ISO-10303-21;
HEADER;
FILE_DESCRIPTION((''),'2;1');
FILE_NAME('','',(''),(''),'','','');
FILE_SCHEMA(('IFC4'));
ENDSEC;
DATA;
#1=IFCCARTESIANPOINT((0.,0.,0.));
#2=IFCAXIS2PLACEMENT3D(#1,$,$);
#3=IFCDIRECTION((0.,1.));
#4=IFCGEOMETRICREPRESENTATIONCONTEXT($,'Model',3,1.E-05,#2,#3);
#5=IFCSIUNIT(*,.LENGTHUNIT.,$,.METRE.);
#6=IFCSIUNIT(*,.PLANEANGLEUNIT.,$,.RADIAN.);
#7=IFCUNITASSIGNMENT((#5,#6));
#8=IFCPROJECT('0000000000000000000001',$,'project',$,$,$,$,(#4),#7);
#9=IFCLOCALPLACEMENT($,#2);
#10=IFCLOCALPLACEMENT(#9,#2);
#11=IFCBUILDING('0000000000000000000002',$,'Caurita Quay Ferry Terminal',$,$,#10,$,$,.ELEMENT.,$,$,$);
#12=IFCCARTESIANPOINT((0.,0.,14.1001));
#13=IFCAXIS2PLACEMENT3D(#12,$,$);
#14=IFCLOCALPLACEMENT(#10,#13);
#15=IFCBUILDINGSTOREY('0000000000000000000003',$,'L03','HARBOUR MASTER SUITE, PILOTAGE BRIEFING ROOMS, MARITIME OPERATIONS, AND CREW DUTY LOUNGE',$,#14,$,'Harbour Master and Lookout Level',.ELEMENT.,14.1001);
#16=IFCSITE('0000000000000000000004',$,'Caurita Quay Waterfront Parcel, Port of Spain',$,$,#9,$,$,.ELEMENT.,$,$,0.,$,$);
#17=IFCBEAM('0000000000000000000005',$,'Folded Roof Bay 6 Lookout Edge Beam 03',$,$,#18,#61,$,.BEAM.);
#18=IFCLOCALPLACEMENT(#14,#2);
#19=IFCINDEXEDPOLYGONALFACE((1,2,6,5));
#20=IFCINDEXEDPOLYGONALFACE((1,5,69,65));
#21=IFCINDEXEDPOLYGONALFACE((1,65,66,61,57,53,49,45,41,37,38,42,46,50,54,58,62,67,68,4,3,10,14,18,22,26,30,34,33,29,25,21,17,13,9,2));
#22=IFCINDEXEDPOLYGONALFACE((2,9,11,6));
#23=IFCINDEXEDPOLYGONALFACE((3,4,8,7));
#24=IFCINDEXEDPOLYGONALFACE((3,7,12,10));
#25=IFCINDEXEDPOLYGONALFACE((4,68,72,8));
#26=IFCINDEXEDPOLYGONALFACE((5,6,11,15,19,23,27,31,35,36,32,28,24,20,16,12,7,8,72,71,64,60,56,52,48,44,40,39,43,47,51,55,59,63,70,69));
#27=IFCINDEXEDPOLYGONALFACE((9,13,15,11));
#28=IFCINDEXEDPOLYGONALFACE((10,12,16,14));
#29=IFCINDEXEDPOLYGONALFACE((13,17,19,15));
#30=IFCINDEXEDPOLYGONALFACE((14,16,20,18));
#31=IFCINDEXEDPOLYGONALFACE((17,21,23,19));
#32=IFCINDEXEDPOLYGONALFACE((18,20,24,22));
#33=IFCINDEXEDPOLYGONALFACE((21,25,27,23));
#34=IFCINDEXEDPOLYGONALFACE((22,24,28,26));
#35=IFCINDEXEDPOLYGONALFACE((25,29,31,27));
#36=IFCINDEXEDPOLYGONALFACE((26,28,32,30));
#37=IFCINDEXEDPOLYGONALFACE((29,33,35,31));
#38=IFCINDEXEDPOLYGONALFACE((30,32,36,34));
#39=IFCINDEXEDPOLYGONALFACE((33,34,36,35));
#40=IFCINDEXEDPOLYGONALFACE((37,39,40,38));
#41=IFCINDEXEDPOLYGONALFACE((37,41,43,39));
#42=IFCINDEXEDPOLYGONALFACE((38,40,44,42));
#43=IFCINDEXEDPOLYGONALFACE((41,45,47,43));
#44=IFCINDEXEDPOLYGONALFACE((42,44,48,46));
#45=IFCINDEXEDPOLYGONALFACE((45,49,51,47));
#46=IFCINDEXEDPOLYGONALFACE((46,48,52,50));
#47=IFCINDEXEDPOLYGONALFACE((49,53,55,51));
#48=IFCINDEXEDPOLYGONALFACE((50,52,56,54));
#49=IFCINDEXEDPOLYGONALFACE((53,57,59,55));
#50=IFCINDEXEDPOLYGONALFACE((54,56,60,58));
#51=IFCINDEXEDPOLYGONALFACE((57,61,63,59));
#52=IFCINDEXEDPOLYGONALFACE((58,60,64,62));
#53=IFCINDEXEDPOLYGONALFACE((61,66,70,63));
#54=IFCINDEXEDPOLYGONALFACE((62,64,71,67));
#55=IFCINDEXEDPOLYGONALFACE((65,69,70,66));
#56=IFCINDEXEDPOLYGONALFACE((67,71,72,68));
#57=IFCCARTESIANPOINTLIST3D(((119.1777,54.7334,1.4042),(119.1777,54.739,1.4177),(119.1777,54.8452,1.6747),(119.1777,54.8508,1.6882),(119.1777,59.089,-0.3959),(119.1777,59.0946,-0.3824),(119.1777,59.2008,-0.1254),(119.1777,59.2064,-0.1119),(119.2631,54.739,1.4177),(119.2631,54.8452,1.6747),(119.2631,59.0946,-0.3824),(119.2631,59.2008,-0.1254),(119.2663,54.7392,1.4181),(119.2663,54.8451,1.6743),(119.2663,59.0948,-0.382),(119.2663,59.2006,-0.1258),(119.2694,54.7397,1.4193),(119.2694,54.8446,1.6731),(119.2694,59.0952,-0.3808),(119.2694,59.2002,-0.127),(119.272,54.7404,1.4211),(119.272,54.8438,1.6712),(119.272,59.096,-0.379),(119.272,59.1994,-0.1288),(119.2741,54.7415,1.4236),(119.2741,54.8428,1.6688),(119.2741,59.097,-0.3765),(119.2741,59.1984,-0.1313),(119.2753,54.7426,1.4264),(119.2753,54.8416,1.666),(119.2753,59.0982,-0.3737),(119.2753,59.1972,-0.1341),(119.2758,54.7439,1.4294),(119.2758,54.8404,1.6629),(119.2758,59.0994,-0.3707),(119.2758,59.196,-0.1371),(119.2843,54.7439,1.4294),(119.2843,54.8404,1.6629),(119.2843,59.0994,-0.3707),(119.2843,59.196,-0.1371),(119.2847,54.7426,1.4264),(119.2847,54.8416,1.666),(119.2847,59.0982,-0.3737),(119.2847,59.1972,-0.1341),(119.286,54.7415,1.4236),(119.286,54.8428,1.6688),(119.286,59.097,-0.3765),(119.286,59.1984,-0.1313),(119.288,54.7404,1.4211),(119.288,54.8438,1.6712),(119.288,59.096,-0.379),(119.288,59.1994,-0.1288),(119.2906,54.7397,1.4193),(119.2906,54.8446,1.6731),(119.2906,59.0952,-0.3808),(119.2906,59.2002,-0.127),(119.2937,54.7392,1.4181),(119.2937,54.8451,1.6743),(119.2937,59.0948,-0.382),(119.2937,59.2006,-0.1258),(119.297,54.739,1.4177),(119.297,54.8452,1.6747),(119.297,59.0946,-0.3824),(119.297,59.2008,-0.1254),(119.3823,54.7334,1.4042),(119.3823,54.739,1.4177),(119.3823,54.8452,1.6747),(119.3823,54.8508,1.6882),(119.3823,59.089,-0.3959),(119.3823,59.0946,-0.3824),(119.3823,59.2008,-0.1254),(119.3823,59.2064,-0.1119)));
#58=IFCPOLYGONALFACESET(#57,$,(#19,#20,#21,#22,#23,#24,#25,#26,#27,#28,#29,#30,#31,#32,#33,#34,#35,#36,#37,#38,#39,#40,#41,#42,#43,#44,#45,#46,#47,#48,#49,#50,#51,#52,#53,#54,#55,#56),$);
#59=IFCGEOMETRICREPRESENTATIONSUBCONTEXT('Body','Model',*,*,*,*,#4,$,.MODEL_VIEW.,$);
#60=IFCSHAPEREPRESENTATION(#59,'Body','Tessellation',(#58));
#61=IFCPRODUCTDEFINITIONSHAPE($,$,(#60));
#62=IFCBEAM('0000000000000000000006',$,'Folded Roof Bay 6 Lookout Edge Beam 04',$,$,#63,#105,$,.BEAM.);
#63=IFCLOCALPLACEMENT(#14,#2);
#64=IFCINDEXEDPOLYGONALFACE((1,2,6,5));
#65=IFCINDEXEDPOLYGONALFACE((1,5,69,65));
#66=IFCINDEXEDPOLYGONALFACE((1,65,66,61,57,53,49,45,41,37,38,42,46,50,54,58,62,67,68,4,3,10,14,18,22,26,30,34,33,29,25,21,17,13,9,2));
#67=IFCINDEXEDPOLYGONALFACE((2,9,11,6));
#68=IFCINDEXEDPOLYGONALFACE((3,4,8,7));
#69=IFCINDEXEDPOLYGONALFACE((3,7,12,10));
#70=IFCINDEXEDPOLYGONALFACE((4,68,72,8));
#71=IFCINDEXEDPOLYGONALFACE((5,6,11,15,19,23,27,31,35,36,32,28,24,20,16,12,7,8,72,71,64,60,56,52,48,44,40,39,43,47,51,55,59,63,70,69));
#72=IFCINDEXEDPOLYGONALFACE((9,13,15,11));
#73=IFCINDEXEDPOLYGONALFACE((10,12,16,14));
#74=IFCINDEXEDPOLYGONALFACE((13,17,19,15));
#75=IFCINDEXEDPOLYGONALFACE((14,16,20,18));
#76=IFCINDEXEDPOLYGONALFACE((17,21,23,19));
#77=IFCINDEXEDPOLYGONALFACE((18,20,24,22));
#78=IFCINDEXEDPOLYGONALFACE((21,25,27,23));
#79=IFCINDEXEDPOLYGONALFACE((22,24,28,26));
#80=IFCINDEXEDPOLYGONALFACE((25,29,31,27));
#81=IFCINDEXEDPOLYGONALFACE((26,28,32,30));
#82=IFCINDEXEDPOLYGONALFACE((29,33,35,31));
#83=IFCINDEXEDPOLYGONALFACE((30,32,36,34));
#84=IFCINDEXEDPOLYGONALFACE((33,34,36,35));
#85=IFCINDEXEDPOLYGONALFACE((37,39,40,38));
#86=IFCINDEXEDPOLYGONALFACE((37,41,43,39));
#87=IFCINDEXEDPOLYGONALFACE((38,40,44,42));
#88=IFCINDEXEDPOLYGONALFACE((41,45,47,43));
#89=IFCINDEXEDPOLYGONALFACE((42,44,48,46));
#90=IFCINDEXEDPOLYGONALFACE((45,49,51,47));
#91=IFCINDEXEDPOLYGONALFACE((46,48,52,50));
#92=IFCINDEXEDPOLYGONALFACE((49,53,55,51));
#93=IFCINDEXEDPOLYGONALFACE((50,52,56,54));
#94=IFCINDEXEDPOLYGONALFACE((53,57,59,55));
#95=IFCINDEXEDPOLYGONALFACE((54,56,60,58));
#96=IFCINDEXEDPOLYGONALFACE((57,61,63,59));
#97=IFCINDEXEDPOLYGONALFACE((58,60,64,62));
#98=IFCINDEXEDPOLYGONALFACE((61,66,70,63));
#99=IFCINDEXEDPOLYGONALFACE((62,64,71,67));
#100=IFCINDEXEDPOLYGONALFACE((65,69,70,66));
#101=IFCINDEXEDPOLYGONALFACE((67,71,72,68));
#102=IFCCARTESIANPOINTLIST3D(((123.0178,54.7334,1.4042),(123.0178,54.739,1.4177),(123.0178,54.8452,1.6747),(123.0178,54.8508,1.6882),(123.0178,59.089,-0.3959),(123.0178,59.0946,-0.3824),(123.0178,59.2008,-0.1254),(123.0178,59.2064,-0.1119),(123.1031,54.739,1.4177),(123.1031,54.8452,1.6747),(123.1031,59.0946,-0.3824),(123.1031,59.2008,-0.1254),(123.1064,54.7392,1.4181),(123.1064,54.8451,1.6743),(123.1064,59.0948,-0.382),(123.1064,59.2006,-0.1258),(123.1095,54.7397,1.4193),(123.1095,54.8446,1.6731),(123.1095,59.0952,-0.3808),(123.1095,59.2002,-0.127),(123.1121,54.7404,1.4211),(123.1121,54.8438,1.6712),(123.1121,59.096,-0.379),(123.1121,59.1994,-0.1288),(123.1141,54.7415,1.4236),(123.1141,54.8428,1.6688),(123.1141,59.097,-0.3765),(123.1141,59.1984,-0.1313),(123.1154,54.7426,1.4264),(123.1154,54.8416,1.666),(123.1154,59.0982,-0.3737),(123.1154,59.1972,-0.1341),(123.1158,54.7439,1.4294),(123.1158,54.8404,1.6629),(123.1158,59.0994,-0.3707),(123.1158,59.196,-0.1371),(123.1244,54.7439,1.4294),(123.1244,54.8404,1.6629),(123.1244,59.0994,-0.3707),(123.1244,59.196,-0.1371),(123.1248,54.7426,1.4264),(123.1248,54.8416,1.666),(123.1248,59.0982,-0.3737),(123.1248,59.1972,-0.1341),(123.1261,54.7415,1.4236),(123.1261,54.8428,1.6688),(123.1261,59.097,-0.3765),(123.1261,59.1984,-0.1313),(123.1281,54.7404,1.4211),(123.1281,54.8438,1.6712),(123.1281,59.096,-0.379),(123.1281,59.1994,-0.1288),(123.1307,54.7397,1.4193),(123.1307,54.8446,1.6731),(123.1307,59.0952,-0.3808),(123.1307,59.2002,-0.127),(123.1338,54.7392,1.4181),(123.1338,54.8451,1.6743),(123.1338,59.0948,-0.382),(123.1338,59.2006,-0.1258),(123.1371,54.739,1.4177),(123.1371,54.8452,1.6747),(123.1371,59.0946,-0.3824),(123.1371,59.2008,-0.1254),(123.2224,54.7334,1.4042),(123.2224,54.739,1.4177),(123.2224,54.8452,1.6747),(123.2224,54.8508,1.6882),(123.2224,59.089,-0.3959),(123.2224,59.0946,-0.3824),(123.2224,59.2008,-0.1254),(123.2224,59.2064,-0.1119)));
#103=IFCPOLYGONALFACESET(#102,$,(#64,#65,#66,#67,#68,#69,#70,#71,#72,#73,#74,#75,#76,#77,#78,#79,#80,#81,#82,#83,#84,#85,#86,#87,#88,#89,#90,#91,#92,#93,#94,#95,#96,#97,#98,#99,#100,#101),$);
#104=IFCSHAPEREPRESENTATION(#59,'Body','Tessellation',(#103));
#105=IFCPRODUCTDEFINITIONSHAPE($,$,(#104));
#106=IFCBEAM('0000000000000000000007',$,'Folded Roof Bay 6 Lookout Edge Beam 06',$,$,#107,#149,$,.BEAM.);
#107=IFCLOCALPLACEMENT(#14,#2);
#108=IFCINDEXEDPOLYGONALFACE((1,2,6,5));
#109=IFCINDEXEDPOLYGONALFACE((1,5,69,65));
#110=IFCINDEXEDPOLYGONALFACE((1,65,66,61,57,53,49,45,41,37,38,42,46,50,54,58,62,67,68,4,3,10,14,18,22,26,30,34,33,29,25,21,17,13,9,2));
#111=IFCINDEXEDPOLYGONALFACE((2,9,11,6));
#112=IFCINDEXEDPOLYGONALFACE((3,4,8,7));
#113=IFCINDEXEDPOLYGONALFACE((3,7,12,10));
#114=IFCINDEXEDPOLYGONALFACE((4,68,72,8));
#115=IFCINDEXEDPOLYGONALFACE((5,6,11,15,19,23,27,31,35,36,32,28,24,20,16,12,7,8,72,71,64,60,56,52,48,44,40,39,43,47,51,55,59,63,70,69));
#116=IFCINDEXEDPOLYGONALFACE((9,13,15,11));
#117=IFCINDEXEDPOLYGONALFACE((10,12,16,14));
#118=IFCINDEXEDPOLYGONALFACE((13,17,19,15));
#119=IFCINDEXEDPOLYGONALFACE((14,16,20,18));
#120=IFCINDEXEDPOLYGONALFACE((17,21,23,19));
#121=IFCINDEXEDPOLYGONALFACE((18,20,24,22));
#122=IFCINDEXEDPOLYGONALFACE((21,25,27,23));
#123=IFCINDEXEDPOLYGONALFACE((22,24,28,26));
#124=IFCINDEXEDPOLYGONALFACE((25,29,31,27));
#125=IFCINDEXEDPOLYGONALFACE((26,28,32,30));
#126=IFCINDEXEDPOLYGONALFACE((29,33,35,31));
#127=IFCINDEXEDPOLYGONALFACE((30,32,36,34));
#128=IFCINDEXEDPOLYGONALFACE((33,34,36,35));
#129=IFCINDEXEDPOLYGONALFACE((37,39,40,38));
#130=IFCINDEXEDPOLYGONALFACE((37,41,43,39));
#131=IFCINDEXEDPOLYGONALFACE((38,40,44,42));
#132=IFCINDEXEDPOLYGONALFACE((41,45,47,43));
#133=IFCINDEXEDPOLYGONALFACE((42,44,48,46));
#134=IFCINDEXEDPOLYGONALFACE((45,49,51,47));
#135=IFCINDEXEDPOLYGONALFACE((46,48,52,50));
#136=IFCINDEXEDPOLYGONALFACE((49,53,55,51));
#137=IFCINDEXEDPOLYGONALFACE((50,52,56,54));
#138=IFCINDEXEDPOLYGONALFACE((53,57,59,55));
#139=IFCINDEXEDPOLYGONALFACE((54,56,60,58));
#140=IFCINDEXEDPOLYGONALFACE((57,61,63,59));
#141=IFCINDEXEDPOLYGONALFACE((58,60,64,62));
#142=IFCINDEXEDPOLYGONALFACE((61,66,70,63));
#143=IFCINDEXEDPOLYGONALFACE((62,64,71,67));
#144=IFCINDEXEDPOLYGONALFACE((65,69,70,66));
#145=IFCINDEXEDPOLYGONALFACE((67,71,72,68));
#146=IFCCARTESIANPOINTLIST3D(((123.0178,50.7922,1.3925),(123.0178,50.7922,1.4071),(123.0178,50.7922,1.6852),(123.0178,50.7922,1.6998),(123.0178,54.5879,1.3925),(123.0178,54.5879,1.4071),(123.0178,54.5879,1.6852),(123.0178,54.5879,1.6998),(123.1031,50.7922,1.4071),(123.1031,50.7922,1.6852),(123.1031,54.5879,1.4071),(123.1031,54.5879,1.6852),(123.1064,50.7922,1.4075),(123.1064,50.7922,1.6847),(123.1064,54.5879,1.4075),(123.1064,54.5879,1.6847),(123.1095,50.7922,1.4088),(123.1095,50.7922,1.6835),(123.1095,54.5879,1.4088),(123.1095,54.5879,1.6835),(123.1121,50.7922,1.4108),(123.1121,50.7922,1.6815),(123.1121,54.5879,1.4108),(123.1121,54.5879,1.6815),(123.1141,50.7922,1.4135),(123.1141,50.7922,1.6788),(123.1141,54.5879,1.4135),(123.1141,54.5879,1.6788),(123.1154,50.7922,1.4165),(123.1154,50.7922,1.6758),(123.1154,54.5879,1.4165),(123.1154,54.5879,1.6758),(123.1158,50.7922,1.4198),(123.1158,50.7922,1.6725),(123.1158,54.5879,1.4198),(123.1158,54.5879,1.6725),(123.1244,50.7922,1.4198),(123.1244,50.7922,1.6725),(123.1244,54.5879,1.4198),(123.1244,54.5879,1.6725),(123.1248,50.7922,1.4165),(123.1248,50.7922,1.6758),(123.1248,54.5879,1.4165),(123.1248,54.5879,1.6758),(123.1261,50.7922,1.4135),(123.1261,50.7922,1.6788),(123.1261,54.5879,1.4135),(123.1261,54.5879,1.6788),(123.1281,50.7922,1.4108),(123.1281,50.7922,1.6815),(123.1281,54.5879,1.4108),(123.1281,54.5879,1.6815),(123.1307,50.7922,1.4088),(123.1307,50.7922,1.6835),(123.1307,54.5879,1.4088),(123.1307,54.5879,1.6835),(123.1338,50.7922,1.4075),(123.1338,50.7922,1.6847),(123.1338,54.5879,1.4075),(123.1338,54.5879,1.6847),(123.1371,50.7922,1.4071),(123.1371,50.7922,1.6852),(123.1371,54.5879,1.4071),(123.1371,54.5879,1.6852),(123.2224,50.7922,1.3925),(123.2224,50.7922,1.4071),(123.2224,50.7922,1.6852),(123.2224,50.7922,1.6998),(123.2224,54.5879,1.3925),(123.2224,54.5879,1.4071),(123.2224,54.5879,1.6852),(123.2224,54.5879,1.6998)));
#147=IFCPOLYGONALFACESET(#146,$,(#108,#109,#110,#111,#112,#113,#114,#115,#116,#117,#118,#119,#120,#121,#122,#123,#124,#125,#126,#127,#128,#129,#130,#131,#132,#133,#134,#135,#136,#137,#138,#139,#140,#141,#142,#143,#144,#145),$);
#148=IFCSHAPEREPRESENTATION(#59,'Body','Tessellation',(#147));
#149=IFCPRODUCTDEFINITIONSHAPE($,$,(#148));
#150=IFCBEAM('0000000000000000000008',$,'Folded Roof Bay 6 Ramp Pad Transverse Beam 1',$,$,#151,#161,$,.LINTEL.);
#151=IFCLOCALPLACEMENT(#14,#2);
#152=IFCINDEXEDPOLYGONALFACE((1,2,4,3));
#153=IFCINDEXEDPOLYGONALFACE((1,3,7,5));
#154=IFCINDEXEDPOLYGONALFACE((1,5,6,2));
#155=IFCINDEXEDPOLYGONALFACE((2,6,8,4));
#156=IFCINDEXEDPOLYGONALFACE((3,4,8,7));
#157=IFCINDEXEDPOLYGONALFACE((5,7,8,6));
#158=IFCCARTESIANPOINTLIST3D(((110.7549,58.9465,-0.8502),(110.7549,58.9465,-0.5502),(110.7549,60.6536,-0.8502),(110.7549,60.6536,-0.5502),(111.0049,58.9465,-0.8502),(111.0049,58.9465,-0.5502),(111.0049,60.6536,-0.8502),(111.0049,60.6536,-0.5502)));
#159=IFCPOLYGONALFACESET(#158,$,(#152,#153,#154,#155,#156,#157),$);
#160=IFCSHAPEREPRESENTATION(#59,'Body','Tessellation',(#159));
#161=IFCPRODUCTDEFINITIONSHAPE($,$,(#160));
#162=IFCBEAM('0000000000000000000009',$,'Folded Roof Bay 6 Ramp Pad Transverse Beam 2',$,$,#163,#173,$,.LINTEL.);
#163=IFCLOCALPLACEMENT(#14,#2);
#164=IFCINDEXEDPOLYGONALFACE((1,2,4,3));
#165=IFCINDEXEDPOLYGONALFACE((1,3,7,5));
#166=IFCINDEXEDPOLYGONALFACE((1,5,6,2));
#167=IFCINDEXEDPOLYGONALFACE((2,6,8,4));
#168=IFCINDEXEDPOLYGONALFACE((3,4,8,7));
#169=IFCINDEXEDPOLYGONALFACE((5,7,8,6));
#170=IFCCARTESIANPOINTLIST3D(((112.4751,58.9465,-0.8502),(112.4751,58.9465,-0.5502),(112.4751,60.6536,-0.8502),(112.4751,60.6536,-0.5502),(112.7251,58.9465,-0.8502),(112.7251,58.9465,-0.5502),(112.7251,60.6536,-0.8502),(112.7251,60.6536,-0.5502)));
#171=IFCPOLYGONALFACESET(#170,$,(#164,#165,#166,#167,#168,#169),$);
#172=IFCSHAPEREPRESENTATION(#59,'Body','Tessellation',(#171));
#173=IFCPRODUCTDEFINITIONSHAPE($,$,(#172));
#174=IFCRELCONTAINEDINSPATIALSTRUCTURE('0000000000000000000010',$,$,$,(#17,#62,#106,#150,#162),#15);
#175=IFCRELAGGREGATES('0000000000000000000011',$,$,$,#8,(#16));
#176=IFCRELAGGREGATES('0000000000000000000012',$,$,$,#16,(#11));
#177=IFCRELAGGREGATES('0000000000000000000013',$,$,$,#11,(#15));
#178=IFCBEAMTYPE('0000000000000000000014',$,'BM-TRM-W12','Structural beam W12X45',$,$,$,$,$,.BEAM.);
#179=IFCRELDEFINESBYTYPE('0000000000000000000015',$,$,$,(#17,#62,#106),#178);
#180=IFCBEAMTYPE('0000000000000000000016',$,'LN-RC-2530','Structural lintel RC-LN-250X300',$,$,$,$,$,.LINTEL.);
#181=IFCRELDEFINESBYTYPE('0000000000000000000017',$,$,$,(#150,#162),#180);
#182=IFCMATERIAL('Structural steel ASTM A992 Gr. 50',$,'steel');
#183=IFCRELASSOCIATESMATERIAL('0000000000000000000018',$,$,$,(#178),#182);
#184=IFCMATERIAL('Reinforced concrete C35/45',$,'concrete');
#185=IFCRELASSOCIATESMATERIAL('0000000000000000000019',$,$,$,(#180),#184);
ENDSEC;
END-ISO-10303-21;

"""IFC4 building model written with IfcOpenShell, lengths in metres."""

from ifc_helpers import new_model, si_unit, direction, frame, origin, origin_2d, place, context, subcontext, project, spatial, rectangle, i_section, extrude, material, material_profile, profile_set, type_object, element, save


model = new_model("IFC4")

# Units and contexts
model_context = context("Model", 3, precision=1e-05, world=origin(), true_north=direction((0.0, 1.0)))
body_context = subcontext(model_context, "Body", "Model", "MODEL_VIEW")
ifc_project = project(units=[si_unit("LENGTHUNIT", "METRE"), si_unit("PLANEANGLEUNIT", "RADIAN")], contexts=[model_context])

# Site, building, storey
site_placement = place(None, origin())
site = spatial("IfcSite", under=ifc_project, at=site_placement, Name="Caurita Quay Waterfront Parcel, Port of Spain", CompositionType="ELEMENT", RefElevation=0.0)
building_placement = place(site_placement, origin())
building = spatial("IfcBuilding", under=site, at=building_placement, Name="Caurita Quay Ferry Terminal", CompositionType="ELEMENT")
storey_placement = place(building_placement, frame((0.0, 0.0, 14.1001)))
storey = spatial("IfcBuildingStorey", under=building, at=storey_placement, Name="L03", Description="HARBOUR MASTER SUITE, PILOTAGE BRIEFING ROOMS, MARITIME OPERATIONS, AND CREW DUTY LOUNGE", LongName="Harbour Master and Lookout Level", CompositionType="ELEMENT", Elevation=14.1001)

# Beams
ifc_material_1 = material(Name="Structural steel ASTM A992 Gr. 50", Category="steel")
ifc_material_profile_1 = material_profile(ifc_material_1, i_section(OverallWidth=0.2046, OverallDepth=0.3074, WebThickness=0.0085, FlangeThickness=0.0146, FilletRadius=0.0127, at=origin_2d()), Name="W12X45")
ifc_profile_set_1 = profile_set([ifc_material_profile_1], Name="Structural steel ASTM A992 Gr. 50")
beam_type_1 = type_object("IfcBeamType", Name="BM-TRM-W12", Description="Structural beam W12X45", PredefinedType="BEAM", material=ifc_profile_set_1)
for number, where, z_axis, x_axis, name in (
    (1, (119.28, 59.1477, -0.2539), (0.0, -0.924183, 0.381951), (1.0, 0.0, 0.0), "Folded Roof Bay 6 Lookout Edge Beam 03"),
    (2, (123.1201, 59.1477, -0.2539), (0.0, -0.924183, 0.381951), (1.0, 0.0, 0.0), "Folded Roof Bay 6 Lookout Edge Beam 04"),
):
    element("IfcBeam", number, at=place(storey_placement, frame(where, z_axis=z_axis, x_axis=x_axis)), inside=storey, type_object=beam_type_1, Name=name, PredefinedType="BEAM", context=body_context, shape_type="SweptSolid", body=[
        extrude(i_section(OverallWidth=0.2046, OverallDepth=0.3074, WebThickness=0.0085, FlangeThickness=0.0146, FilletRadius=0.0127, at=origin_2d()), origin(), (0.0, 0.0, 1.0), 4.7129),
    ])
beam_1_placement = place(storey_placement, frame((123.1201, 54.5879, 1.5461), z_axis=(0.0, -1.0, 0.0), x_axis=(1.0, 0.0, 0.0)))
element("IfcBeam", 3, at=beam_1_placement, inside=storey, type_object=beam_type_1, Name="Folded Roof Bay 6 Lookout Edge Beam 06", PredefinedType="BEAM", context=body_context, shape_type="SweptSolid", body=[
    extrude(i_section(OverallWidth=0.2046, OverallDepth=0.3074, WebThickness=0.0085, FlangeThickness=0.0146, FilletRadius=0.0127, at=origin_2d()), origin(), (0.0, 0.0, 1.0), 3.7957),
])
ifc_material_2 = material(Name="Reinforced concrete C35/45", Category="concrete")
ifc_material_profile_2 = material_profile(ifc_material_2, rectangle(XDim=0.25, YDim=0.3, at=origin_2d()), Name="RC-LN-250X300")
ifc_profile_set_2 = profile_set([ifc_material_profile_2], Name="Reinforced concrete C35/45")
beam_type_2 = type_object("IfcBeamType", Name="LN-RC-2530", Description="Structural lintel RC-LN-250X300", PredefinedType="LINTEL", material=ifc_profile_set_2)
for number, where, z_axis, x_axis, name in (
    (4, (110.8799, 58.9465, -0.7002), (0.0, 1.0, 0.0), (-1.0, 0.0, 0.0), "Folded Roof Bay 6 Ramp Pad Transverse Beam 1"),
    (5, (112.6001, 58.9465, -0.7002), (0.0, 1.0, 0.0), (-1.0, 0.0, 0.0), "Folded Roof Bay 6 Ramp Pad Transverse Beam 2"),
):
    element("IfcBeam", number, at=place(storey_placement, frame(where, z_axis=z_axis, x_axis=x_axis)), inside=storey, type_object=beam_type_2, Name=name, PredefinedType="LINTEL", context=body_context, shape_type="SweptSolid", body=[
        extrude(rectangle(XDim=0.25, YDim=0.3, at=origin_2d()), origin(), (0.0, 0.0, 1.0), 1.707),
    ])

save(model, "model.ifc")
